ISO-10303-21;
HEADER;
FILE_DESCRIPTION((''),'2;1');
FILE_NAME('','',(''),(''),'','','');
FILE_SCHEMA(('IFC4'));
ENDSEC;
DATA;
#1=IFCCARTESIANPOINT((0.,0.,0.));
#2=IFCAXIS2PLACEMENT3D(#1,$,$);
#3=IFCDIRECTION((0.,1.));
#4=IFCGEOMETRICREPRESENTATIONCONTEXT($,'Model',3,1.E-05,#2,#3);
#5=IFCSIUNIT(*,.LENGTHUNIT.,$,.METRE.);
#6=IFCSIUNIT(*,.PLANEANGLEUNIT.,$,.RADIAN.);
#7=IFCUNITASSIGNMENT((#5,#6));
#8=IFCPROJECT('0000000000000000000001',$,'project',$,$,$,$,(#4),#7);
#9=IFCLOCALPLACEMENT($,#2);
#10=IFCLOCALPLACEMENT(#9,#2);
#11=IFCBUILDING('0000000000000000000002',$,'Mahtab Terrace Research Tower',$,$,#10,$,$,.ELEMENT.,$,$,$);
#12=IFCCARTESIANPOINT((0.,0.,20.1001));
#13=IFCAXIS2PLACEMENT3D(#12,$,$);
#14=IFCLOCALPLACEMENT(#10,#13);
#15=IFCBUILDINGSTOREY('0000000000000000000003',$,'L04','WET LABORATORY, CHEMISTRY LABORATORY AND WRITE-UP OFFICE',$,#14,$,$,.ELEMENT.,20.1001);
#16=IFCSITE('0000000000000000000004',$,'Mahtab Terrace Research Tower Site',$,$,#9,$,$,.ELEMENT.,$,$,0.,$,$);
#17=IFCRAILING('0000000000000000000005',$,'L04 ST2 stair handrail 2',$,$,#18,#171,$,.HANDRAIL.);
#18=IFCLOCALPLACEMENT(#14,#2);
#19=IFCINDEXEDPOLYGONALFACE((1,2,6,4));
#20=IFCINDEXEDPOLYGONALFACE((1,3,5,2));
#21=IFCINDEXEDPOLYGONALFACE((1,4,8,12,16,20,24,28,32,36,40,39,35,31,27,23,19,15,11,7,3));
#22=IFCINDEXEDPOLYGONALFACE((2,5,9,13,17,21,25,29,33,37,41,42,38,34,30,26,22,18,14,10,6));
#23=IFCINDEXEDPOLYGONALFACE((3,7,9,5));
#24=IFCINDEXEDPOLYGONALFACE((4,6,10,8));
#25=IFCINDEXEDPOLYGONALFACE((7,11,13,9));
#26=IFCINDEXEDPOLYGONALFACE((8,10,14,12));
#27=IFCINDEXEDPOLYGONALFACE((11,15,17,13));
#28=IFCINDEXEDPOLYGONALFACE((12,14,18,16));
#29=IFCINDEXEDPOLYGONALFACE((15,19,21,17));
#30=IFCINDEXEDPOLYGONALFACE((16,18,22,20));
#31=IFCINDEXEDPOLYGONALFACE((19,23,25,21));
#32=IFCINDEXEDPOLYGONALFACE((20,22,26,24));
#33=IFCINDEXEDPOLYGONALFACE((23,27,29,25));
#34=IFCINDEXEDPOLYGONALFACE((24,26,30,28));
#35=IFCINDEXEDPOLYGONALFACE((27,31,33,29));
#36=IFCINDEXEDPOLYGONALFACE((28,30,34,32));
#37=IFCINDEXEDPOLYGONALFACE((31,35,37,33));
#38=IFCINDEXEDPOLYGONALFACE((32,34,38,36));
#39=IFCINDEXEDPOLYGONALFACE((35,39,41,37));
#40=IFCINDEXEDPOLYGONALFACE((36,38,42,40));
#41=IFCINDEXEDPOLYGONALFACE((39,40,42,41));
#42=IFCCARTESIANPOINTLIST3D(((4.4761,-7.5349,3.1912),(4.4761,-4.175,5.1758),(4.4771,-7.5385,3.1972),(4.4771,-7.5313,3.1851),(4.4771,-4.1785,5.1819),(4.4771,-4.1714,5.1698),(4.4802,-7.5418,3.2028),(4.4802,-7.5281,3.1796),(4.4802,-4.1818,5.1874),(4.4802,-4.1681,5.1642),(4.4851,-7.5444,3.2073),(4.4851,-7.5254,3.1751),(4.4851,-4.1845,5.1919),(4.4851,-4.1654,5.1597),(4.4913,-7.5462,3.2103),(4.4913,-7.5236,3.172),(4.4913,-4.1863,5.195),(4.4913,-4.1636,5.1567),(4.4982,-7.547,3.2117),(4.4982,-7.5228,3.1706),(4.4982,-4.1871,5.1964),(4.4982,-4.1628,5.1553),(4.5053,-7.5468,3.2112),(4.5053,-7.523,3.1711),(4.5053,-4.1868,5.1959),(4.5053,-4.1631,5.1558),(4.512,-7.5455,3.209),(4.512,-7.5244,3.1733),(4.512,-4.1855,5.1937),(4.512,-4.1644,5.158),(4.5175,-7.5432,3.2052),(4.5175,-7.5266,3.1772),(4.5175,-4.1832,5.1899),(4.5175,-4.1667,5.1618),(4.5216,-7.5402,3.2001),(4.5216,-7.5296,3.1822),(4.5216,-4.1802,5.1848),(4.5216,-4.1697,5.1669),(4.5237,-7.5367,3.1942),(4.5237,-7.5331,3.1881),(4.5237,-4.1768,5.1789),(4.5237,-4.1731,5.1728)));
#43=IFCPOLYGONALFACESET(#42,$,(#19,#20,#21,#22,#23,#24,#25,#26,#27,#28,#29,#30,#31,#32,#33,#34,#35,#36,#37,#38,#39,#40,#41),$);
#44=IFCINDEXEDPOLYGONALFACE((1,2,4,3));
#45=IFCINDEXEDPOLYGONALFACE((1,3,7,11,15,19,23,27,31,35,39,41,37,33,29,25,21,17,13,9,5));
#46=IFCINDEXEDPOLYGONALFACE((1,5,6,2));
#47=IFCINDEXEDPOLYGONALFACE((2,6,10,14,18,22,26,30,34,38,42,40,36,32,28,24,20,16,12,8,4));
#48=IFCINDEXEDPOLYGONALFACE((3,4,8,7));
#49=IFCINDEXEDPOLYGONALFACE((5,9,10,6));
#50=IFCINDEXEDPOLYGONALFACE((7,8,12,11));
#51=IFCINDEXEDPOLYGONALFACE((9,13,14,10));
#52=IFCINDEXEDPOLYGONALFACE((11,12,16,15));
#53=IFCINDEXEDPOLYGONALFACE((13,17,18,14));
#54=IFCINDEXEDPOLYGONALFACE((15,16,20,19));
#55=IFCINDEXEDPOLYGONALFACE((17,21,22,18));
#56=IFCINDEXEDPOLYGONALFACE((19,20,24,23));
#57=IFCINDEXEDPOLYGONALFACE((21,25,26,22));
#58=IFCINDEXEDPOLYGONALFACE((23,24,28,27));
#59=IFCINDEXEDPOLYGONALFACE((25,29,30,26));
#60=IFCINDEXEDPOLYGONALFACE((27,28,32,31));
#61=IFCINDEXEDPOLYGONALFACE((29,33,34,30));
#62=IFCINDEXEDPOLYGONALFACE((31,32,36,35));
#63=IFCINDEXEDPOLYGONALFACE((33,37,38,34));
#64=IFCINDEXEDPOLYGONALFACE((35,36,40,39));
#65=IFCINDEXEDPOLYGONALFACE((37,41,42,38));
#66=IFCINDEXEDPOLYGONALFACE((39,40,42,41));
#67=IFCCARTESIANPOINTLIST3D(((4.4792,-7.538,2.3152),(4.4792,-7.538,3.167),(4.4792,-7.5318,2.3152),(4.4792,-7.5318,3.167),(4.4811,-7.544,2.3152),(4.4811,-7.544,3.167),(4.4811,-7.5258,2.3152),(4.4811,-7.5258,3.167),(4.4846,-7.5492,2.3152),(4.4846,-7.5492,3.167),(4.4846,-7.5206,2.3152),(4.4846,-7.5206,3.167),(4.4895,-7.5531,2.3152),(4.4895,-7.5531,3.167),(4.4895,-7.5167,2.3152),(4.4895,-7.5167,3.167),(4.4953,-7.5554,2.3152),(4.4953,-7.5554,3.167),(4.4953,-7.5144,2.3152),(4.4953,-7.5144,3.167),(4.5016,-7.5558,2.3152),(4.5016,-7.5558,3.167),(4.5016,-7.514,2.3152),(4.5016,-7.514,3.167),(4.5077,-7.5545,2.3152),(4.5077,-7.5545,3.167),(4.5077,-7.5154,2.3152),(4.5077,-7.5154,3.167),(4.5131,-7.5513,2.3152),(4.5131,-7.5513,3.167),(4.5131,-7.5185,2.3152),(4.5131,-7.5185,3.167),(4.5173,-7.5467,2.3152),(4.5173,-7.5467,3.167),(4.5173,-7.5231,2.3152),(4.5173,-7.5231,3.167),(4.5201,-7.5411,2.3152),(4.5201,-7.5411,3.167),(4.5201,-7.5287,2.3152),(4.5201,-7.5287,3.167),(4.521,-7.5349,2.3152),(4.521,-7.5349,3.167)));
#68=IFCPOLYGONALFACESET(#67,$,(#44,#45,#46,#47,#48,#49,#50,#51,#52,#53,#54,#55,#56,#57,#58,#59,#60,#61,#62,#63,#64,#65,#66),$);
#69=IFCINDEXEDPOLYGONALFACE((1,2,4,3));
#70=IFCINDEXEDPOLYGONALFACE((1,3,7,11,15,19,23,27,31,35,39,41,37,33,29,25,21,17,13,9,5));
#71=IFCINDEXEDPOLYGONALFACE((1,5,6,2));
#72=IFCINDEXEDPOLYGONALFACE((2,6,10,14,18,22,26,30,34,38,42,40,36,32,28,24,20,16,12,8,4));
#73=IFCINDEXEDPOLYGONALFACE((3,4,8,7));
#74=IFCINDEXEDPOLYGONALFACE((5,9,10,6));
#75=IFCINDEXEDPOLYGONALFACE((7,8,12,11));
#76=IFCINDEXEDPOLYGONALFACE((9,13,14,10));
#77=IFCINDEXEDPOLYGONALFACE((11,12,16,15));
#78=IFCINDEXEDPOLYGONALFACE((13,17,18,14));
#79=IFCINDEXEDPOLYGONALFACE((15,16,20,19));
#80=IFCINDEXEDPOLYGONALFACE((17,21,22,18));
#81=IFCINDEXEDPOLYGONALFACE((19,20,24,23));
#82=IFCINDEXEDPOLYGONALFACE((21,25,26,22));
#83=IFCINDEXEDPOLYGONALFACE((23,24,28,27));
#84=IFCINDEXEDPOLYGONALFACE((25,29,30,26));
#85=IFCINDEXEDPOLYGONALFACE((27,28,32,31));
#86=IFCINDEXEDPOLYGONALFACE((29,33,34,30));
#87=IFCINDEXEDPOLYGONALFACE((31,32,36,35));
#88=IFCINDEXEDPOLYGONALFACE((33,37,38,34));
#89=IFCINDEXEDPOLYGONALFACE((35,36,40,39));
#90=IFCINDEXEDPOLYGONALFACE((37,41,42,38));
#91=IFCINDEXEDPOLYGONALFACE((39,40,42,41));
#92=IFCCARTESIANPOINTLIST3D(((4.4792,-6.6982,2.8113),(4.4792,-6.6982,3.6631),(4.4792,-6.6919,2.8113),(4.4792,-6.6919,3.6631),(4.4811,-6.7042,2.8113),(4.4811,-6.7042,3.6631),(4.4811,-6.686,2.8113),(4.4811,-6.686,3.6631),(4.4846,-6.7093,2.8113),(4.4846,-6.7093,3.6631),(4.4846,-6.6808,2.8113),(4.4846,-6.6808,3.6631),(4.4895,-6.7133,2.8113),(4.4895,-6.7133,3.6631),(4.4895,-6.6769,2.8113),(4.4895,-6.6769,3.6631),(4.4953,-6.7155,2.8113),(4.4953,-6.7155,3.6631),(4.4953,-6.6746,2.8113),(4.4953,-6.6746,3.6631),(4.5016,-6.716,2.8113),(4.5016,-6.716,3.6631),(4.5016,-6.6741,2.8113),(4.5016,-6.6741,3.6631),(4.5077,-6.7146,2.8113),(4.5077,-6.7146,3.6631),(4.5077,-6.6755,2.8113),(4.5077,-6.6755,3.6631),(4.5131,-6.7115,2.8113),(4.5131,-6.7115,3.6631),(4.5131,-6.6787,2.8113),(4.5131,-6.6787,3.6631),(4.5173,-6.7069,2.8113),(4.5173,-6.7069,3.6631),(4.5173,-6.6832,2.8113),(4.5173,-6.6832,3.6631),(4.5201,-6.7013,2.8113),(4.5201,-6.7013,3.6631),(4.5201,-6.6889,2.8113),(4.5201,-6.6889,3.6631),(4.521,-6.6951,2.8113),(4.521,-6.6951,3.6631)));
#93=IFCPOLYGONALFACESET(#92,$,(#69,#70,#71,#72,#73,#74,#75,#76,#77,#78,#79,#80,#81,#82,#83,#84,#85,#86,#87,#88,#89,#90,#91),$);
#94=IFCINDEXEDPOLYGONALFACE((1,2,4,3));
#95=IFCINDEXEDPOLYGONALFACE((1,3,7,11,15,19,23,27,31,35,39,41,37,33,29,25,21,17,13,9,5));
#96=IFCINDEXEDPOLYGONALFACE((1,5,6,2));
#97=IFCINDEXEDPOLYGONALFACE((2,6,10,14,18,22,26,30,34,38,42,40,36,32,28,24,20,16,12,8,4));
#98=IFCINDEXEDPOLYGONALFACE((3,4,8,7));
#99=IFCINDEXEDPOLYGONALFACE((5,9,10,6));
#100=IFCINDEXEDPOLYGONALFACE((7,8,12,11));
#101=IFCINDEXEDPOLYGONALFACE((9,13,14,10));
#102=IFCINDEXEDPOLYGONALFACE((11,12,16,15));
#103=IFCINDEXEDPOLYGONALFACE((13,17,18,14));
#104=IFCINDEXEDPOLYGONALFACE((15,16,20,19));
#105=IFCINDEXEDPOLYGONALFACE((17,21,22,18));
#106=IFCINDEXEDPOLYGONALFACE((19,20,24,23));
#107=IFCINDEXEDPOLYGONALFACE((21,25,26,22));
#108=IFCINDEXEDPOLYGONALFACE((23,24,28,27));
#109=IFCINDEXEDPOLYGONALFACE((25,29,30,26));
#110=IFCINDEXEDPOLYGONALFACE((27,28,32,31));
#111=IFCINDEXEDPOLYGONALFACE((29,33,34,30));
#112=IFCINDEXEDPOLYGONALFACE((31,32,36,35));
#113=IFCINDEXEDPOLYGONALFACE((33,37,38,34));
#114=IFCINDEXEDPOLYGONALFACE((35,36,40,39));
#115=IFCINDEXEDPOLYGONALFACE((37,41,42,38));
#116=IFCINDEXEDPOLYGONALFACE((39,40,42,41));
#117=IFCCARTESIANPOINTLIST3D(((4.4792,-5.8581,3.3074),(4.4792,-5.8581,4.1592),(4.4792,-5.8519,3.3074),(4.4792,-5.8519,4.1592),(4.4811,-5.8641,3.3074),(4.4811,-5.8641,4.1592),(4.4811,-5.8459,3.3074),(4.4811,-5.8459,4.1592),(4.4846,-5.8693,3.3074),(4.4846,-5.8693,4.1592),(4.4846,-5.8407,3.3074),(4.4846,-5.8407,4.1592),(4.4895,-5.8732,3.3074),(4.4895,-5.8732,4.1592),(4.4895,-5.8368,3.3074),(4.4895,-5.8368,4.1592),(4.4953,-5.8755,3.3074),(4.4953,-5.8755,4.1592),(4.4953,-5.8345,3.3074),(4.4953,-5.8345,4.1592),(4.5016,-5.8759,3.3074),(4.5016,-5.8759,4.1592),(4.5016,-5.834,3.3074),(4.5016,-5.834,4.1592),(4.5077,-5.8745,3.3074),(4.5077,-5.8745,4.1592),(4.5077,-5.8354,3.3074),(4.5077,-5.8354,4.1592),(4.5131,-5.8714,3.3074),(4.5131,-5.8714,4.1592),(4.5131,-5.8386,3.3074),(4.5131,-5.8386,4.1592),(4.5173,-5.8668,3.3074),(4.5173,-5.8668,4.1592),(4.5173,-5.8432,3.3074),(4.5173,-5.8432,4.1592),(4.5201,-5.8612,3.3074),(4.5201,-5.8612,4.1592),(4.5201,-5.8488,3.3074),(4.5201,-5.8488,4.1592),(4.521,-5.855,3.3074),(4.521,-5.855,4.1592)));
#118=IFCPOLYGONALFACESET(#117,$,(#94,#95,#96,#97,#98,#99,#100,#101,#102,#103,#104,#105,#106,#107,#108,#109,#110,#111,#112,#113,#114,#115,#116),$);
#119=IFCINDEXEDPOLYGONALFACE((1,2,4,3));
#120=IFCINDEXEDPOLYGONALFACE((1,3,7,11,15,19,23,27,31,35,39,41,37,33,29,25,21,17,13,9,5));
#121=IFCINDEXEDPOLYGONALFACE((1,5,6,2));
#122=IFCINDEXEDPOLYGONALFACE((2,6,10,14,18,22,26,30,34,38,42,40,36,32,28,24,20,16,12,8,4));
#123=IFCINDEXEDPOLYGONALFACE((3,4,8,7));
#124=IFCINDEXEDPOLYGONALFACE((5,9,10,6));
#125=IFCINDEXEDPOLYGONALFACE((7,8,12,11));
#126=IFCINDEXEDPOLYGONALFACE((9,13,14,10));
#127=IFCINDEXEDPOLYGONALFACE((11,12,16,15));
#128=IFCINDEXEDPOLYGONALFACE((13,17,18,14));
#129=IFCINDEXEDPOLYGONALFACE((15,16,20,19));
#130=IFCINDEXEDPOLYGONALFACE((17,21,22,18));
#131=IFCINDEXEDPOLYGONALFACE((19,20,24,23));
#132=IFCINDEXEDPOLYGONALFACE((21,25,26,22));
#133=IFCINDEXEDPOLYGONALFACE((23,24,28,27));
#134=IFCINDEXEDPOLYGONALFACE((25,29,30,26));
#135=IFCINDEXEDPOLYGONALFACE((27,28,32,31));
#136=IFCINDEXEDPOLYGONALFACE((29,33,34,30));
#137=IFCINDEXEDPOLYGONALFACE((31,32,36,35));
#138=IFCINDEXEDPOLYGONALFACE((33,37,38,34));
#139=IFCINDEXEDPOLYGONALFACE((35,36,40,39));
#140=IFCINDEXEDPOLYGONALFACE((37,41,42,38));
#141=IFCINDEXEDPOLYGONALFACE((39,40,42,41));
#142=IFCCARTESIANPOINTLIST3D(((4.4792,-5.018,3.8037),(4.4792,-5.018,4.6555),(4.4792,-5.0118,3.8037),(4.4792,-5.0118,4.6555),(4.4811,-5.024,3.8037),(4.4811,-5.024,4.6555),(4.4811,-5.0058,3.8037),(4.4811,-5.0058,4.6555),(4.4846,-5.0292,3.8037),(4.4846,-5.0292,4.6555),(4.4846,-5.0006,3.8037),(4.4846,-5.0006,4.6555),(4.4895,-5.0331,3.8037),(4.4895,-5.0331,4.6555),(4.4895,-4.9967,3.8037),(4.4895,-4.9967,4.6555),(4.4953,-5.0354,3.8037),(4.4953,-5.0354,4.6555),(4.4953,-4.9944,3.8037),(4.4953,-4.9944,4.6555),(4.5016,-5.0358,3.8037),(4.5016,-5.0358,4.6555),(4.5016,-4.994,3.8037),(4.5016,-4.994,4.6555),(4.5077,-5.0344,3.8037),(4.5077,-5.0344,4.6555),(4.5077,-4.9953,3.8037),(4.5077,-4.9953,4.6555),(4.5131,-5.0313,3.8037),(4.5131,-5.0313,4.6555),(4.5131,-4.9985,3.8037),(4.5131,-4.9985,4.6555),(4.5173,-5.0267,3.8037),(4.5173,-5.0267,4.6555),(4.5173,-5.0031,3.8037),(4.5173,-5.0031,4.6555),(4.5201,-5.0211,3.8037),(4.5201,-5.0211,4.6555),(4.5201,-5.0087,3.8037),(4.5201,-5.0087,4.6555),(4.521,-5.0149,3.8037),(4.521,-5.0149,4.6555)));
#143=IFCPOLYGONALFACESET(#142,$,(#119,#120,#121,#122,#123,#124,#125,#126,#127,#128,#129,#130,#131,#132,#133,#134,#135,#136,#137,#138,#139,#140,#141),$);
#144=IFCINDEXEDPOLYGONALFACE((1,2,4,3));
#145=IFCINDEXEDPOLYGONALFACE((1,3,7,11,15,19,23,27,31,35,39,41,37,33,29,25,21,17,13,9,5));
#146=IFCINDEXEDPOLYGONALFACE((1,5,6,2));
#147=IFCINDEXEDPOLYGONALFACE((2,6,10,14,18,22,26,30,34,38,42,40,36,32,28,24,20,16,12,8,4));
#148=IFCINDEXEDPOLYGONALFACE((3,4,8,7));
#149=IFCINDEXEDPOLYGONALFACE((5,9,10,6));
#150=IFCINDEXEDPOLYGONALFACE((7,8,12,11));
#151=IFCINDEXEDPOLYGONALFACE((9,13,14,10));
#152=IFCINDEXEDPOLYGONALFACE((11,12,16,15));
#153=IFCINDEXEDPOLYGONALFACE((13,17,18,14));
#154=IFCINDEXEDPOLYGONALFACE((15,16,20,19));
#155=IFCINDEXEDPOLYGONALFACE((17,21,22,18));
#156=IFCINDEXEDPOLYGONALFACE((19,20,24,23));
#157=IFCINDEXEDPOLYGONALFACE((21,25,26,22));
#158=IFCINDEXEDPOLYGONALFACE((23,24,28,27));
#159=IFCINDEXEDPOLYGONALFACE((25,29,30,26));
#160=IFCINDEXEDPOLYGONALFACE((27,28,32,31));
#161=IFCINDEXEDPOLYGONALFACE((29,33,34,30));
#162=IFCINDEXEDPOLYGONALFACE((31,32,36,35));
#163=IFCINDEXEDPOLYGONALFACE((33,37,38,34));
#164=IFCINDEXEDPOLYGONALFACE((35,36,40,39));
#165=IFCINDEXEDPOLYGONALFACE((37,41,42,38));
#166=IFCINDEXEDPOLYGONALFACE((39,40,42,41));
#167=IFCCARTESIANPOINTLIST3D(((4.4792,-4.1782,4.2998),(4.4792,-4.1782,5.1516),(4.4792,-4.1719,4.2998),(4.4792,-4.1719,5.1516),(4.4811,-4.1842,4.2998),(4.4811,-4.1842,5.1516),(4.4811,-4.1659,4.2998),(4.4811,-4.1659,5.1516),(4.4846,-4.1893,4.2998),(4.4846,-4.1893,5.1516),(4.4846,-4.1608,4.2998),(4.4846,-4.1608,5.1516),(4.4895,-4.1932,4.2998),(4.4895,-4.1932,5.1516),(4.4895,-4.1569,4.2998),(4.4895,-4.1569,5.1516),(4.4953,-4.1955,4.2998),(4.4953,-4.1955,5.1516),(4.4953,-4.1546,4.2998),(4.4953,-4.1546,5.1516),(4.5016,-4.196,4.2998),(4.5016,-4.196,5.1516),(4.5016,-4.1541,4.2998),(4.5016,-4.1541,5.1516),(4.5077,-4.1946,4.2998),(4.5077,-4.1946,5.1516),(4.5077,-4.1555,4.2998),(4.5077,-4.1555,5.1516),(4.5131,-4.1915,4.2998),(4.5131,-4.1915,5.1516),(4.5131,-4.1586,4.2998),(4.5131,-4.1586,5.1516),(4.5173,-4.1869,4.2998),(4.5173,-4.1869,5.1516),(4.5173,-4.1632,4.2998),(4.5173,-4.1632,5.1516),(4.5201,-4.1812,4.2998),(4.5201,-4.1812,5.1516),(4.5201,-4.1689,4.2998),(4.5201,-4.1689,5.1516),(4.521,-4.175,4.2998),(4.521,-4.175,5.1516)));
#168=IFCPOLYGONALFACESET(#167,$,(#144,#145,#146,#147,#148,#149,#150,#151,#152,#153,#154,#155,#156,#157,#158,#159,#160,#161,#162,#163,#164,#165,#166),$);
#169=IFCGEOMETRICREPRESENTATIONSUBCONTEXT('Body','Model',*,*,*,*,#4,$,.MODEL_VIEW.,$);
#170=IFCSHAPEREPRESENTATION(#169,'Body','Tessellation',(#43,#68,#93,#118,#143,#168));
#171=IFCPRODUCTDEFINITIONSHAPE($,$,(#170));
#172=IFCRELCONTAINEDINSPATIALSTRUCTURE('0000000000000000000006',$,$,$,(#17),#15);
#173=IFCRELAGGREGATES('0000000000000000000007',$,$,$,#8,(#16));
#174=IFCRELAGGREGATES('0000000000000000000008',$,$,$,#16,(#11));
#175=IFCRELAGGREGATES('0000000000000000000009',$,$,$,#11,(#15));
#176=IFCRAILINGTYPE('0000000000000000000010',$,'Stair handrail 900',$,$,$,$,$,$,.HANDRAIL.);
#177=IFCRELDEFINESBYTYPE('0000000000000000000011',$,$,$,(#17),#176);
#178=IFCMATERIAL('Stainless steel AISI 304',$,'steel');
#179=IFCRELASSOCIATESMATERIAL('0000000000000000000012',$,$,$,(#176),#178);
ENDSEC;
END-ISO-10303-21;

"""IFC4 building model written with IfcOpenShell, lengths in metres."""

from ifc_helpers import new_model, si_unit, direction, frame, origin, origin_2d, place, context, subcontext, project, spatial, circle, extrude, material, type_object, element, save


model = new_model("IFC4")

# Units and contexts
model_context = context("Model", 3, precision=1e-05, world=origin(), true_north=direction((0.0, 1.0)))
body_context = subcontext(model_context, "Body", "Model", "MODEL_VIEW")
ifc_project = project(units=[si_unit("LENGTHUNIT", "METRE"), si_unit("PLANEANGLEUNIT", "RADIAN")], contexts=[model_context])

# Site, building, storey
site_placement = place(None, origin())
site = spatial("IfcSite", under=ifc_project, at=site_placement, Name="Mahtab Terrace Research Tower Site", CompositionType="ELEMENT", RefElevation=0.0)
building_placement = place(site_placement, origin())
building = spatial("IfcBuilding", under=site, at=building_placement, Name="Mahtab Terrace Research Tower", CompositionType="ELEMENT")
storey_placement = place(building_placement, frame((0.0, 0.0, 20.1001)))
storey = spatial("IfcBuildingStorey", under=building, at=storey_placement, Name="L04", Description="WET LABORATORY, CHEMISTRY LABORATORY AND WRITE-UP OFFICE", CompositionType="ELEMENT", Elevation=20.1001)

# Railing
ifc_material_1 = material(Name="Stainless steel AISI 304", Category="steel")
railing_type_1 = type_object("IfcRailingType", Name="Stair handrail 900", PredefinedType="HANDRAIL", material=ifc_material_1)
railing_1_placement = place(storey_placement, frame((4.5, -7.5349, 2.3152)))
element("IfcRailing", 1, at=railing_1_placement, inside=storey, type_object=railing_type_1, Name="L04 ST2 stair handrail 2", PredefinedType="HANDRAIL", context=body_context, shape_type="SweptSolid", body=[
    extrude(circle(Radius=0.0239, at=origin_2d()), frame((0.0, 0.0, 0.876), z_axis=(0.0, 0.861011, 0.508586), x_axis=(-1.0, 0.0, 0.0)), (0.0, 0.0, 1.0), 3.9023),
    extrude(circle(Radius=0.021, at=origin_2d()), origin(), (0.0, 0.0, 1.0), 0.8518),
    extrude(circle(Radius=0.021, at=origin_2d()), frame((0.0, 0.8398, 0.4961)), (0.0, 0.0, 1.0), 0.8518),
    extrude(circle(Radius=0.021, at=origin_2d()), frame((0.0, 1.6799, 0.9922)), (0.0, 0.0, 1.0), 0.8518),
    extrude(circle(Radius=0.021, at=origin_2d()), frame((0.0, 2.52, 1.4885)), (0.0, 0.0, 1.0), 0.8518),
    extrude(circle(Radius=0.021, at=origin_2d()), frame((0.0, 3.3599, 1.9846)), (0.0, 0.0, 1.0), 0.8518),
])

save(model, "model.ifc")
